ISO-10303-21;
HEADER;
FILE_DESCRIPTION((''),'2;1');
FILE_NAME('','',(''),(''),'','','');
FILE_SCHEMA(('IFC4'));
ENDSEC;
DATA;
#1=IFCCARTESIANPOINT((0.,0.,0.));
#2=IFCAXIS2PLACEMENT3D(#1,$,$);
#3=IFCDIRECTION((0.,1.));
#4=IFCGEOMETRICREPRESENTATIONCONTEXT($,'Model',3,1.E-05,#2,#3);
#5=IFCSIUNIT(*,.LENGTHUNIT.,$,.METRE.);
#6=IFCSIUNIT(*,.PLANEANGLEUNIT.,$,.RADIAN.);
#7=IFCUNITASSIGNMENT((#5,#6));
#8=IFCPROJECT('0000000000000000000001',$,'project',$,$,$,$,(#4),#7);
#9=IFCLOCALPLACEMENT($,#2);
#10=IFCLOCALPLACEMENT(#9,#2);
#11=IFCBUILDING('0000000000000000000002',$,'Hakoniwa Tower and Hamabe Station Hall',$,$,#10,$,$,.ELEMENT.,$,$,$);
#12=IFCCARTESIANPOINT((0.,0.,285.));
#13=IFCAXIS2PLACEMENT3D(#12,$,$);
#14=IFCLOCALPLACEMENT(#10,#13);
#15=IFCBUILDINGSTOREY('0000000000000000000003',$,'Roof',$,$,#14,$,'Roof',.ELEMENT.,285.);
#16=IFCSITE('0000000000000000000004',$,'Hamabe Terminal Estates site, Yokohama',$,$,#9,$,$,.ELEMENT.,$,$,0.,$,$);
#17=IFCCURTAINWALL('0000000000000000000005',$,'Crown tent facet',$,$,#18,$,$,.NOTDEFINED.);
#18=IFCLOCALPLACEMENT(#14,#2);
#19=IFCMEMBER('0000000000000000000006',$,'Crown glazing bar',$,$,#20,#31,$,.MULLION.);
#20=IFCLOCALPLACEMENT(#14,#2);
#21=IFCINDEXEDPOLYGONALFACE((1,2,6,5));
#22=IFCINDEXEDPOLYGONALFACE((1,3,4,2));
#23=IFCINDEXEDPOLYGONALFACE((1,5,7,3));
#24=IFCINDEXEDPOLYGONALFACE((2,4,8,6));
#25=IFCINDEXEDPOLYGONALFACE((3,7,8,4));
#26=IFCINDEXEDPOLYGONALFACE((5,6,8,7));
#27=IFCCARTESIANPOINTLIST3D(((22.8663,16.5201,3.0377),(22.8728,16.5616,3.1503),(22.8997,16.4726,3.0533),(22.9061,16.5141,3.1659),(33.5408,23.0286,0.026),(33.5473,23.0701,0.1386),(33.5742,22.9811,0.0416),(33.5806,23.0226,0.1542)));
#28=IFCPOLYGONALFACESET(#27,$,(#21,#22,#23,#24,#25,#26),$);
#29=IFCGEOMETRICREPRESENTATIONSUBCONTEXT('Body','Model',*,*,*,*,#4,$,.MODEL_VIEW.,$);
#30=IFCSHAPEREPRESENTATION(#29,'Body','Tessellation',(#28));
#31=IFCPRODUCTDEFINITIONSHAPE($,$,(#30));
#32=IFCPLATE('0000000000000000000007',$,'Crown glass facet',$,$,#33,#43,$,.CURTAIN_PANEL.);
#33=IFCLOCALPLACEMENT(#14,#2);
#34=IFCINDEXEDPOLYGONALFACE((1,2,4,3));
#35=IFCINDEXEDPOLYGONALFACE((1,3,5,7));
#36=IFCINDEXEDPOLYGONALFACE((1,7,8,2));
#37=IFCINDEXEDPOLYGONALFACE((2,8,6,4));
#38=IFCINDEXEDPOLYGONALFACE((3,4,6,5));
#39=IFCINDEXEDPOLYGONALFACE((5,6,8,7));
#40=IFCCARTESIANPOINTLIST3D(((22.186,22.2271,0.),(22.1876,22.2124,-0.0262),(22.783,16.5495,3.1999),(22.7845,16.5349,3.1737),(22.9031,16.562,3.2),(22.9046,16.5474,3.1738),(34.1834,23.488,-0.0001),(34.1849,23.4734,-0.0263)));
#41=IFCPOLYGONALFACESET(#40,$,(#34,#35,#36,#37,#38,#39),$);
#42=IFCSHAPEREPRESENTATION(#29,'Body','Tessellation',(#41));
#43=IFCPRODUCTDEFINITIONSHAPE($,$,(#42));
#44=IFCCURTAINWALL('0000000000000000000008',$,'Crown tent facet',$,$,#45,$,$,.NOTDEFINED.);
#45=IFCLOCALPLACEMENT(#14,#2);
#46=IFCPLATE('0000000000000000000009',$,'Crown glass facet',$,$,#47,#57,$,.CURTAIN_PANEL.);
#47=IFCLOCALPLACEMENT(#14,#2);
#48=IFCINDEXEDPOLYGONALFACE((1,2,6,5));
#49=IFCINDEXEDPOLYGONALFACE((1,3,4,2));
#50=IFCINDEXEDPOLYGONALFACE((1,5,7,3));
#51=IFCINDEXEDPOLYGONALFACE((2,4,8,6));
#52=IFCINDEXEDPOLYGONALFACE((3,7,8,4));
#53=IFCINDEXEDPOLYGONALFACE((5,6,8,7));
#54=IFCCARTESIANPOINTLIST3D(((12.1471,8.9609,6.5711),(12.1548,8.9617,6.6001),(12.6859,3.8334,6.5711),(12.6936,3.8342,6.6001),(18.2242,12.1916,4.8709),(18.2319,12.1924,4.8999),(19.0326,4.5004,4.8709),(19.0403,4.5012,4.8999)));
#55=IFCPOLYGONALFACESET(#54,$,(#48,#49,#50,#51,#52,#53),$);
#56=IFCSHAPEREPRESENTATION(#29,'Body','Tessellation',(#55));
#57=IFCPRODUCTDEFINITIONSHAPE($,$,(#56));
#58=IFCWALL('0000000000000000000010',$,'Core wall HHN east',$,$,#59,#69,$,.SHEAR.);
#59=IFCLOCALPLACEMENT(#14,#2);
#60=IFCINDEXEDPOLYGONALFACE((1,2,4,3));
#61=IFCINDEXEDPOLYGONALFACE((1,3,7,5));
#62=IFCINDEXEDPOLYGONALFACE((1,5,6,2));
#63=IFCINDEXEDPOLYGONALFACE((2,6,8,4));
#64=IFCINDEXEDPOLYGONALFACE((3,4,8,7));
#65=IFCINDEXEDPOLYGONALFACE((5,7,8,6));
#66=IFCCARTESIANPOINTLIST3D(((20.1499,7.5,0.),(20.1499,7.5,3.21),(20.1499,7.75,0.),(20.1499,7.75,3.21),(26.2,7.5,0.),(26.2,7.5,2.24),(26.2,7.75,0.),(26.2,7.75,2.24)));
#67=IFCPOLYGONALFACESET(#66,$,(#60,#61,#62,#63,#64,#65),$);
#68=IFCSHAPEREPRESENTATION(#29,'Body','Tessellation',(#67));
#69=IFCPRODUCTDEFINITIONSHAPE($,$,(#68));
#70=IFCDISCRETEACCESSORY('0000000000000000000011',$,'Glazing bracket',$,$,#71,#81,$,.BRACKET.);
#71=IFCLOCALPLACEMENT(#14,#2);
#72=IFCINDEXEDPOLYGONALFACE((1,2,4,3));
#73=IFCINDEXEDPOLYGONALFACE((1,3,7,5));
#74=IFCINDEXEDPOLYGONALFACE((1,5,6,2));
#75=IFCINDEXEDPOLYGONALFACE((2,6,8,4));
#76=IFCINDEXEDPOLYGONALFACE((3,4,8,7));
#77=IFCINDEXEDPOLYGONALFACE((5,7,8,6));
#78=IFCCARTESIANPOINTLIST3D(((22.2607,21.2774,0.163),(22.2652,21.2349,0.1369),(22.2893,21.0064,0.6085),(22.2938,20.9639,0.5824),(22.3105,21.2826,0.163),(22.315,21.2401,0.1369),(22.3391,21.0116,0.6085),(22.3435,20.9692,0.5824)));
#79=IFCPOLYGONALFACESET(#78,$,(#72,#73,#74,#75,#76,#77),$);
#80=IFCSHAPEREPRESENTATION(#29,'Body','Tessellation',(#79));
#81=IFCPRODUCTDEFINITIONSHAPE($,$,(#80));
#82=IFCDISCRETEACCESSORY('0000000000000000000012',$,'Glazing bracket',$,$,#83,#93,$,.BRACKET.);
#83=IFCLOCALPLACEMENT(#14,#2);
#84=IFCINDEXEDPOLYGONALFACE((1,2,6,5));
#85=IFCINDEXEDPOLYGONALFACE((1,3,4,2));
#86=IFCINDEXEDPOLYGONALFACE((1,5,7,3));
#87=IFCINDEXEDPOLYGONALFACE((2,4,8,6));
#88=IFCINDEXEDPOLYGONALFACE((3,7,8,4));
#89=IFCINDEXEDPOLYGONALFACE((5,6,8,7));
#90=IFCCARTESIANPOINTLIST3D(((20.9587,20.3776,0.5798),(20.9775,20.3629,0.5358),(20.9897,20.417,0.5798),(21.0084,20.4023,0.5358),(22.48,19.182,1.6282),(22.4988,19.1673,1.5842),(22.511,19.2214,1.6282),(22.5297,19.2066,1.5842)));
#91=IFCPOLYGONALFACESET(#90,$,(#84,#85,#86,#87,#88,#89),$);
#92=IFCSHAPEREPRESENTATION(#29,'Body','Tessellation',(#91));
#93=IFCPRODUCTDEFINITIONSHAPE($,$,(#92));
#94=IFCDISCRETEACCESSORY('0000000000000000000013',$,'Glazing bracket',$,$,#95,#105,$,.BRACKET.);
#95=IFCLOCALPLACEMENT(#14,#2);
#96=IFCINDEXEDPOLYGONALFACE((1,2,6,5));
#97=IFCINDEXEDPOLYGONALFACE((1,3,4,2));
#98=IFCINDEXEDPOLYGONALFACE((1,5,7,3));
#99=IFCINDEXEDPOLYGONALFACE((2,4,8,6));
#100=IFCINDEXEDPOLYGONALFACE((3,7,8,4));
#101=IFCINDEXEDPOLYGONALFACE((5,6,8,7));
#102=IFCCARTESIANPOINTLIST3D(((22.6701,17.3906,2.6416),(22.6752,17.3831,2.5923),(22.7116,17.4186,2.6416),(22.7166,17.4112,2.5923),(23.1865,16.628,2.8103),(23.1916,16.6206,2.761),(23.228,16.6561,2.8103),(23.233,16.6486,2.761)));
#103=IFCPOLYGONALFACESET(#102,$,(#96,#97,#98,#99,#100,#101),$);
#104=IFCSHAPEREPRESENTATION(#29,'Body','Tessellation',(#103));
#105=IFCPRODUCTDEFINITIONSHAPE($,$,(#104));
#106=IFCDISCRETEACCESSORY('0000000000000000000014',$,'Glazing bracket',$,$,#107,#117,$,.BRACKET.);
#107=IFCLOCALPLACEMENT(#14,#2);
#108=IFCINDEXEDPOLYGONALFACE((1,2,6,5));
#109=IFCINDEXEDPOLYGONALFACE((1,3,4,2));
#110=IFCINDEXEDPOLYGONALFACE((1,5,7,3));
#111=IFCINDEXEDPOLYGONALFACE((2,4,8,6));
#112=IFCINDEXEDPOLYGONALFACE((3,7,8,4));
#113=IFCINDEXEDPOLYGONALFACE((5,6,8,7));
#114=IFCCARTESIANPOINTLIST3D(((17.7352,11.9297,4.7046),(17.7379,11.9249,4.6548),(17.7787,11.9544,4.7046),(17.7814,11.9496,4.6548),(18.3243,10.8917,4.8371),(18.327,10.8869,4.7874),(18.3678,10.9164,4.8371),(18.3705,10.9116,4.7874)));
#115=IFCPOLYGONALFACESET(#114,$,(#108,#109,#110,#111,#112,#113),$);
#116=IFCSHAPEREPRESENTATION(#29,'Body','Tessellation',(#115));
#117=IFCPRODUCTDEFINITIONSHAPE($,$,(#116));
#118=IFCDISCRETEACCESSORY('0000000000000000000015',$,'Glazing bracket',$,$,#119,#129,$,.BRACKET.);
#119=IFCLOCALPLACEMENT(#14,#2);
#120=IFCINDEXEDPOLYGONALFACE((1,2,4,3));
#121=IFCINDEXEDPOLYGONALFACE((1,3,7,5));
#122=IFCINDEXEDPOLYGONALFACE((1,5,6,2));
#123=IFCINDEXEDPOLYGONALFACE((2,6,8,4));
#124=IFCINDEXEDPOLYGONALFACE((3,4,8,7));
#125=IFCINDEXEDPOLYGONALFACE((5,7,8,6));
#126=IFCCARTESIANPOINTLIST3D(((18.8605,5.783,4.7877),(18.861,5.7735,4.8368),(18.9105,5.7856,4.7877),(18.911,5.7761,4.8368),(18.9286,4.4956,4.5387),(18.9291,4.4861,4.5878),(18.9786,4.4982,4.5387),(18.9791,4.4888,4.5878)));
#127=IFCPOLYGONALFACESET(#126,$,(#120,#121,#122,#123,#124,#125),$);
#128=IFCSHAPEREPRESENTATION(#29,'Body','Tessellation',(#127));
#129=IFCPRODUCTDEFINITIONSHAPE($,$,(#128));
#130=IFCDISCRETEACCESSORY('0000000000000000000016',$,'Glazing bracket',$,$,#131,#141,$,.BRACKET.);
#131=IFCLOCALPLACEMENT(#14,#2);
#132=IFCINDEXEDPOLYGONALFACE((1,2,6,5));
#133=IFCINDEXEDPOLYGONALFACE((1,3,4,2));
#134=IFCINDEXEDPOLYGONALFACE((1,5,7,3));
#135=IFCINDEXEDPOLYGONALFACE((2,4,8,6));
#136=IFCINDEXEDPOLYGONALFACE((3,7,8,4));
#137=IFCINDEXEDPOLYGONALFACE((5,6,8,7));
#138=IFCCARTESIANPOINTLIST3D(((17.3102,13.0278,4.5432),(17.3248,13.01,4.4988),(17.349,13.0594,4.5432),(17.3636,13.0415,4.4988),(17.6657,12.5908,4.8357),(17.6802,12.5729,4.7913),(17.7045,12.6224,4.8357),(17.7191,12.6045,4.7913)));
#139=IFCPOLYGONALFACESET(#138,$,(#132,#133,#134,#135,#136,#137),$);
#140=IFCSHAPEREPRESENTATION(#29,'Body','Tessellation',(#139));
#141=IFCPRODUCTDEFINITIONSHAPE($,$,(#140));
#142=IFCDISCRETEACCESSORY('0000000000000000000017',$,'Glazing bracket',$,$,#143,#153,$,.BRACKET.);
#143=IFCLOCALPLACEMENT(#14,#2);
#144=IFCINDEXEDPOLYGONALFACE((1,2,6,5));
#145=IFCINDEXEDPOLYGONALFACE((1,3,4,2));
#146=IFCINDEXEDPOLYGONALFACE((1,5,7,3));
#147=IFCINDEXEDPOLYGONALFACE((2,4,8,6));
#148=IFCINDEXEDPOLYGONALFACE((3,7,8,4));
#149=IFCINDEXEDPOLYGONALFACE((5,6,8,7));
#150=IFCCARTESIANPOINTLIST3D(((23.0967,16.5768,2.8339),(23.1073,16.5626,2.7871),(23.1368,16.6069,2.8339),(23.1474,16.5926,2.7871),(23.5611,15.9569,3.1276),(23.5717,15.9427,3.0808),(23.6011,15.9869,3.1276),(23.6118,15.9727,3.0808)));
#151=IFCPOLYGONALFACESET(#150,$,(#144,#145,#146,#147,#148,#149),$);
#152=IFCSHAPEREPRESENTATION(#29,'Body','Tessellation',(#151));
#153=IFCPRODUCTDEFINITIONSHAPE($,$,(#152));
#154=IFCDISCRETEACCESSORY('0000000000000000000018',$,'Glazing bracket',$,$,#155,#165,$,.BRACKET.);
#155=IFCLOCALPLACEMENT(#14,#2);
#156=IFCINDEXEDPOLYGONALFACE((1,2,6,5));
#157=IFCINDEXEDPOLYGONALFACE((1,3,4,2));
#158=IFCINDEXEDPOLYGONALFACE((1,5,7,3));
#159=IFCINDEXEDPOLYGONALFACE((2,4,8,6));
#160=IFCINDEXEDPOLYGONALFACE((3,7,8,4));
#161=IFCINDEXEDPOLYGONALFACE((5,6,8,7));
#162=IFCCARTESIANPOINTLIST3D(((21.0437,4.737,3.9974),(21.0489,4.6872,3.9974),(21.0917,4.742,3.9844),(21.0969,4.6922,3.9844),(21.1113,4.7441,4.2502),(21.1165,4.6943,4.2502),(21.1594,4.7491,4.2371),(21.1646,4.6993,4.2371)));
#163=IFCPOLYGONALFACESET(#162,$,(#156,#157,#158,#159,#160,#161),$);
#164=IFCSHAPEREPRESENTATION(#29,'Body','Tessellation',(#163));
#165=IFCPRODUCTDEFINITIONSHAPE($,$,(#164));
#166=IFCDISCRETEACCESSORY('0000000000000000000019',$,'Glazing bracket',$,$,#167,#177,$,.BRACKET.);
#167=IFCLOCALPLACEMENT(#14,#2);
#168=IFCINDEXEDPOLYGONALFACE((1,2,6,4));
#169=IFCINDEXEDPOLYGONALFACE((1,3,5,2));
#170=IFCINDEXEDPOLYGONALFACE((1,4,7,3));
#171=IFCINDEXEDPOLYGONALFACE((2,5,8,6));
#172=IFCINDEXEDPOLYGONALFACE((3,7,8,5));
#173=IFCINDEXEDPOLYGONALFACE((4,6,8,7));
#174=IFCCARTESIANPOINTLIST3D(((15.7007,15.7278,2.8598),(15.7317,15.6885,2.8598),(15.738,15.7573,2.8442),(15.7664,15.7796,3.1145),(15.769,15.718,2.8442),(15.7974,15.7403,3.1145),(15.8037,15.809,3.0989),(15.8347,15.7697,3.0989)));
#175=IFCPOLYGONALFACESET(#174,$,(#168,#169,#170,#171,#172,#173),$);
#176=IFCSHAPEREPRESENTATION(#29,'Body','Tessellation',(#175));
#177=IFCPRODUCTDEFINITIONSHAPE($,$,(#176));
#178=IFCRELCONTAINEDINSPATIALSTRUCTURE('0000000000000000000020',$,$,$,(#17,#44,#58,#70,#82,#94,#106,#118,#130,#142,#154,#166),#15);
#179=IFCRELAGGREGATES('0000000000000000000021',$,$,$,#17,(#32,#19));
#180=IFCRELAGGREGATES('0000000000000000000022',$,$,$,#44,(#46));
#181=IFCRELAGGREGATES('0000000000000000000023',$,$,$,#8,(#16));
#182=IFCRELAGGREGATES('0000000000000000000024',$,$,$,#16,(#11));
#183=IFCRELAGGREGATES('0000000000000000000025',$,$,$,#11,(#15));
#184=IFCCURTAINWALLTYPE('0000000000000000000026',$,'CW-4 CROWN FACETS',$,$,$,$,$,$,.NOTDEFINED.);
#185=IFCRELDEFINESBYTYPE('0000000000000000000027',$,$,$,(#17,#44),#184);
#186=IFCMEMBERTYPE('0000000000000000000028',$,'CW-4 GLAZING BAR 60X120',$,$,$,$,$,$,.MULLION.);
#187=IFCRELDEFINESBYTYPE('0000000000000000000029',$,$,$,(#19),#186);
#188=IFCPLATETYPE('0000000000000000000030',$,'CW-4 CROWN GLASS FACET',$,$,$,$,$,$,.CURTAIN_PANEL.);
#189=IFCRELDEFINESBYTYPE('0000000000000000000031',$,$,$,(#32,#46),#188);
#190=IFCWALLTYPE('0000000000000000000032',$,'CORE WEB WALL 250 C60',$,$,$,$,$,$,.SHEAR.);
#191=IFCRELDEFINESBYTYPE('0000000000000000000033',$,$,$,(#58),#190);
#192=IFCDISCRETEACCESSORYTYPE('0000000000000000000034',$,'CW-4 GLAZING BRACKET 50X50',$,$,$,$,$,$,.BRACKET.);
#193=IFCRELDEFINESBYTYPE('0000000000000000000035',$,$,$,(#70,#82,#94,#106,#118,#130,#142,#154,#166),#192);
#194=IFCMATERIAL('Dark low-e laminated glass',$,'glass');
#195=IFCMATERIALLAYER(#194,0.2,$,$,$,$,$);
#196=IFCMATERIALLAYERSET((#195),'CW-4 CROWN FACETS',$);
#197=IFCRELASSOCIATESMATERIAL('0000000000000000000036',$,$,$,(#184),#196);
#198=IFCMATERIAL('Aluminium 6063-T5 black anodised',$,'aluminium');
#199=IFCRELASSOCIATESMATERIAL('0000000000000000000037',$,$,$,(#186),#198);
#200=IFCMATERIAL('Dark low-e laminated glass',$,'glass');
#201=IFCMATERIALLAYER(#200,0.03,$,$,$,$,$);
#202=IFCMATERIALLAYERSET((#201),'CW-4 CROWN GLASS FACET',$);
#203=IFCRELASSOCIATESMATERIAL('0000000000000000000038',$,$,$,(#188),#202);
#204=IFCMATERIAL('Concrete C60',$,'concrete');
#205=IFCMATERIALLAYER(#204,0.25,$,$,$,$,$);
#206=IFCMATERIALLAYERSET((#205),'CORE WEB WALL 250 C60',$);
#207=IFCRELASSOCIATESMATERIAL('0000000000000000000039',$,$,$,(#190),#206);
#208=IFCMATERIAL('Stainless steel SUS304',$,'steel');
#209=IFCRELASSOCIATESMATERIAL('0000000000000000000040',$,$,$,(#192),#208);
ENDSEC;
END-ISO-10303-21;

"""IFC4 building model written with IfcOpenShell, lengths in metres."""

from ifc_helpers import new_model, si_unit, direction, frame, origin, origin_2d, place, context, subcontext, project, spatial, polyline, rectangle, outline, extrude, material, layer, layer_set, material_profile, profile_set, type_object, element, aggregate, save


model = new_model("IFC4")

# Units and contexts
model_context = context("Model", 3, precision=1e-05, world=origin(), true_north=direction((0.0, 1.0)))
body_context = subcontext(model_context, "Body", "Model", "MODEL_VIEW")
ifc_project = project(units=[si_unit("LENGTHUNIT", "METRE"), si_unit("PLANEANGLEUNIT", "RADIAN")], contexts=[model_context])

# Site, building, storey
site_placement = place(None, origin())
site = spatial("IfcSite", under=ifc_project, at=site_placement, Name="Hamabe Terminal Estates site, Yokohama", CompositionType="ELEMENT", RefElevation=0.0)
building_placement = place(site_placement, origin())
building = spatial("IfcBuilding", under=site, at=building_placement, Name="Hakoniwa Tower and Hamabe Station Hall", CompositionType="ELEMENT")
storey_placement = place(building_placement, frame((0.0, 0.0, 285.0)))
storey = spatial("IfcBuildingStorey", under=building, at=storey_placement, Name="Roof", LongName="Roof", CompositionType="ELEMENT", Elevation=285.0)

# Curtain wall
ifc_material_1 = material(Name="Dark low-e laminated glass", Category="glass")
ifc_layer_1 = layer(ifc_material_1, 0.2)
ifc_layer_set_1 = layer_set([ifc_layer_1], Name="CW-4 CROWN FACETS")
curtain_wall_type = type_object("IfcCurtainWallType", Name="CW-4 CROWN FACETS", PredefinedType="NOTDEFINED", material=ifc_layer_set_1)
curtain_wall_1_placement = place(storey_placement, origin())
curtain_wall_1 = element("IfcCurtainWall", 1, at=curtain_wall_1_placement, inside=storey, type_object=curtain_wall_type, Name="Crown tent facet", PredefinedType="NOTDEFINED")
ifc_material_2 = material(Name="Aluminium 6063-T5 black anodised", Category="aluminium")
ifc_material_profile_1 = material_profile(ifc_material_2, rectangle(XDim=0.0601, YDim=0.1201, at=origin_2d()), Name="CW-4 GLAZING BAR 60X120")
ifc_profile_set_1 = profile_set([ifc_material_profile_1], Name="Aluminium 6063-T5 black anodised")
member_type_1 = type_object("IfcMemberType", Name="CW-4 GLAZING BAR 60X120", PredefinedType="MULLION", material=ifc_profile_set_1)

# Member
member_1_placement = place(storey_placement, frame((22.8862, 16.5171, 3.1018), z_axis=(0.830064, 0.50611, -0.234194), x_axis=(-0.555092, 0.790163, -0.259836)))
member_1 = element("IfcMember", 2, at=member_1_placement, type_object=member_type_1, Name="Crown glazing bar", PredefinedType="MULLION", context=body_context, shape_type="SweptSolid", body=[
    extrude(rectangle(XDim=0.0601, YDim=0.1201, at=origin_2d()), origin(), (0.0, 0.0, 1.0), 12.8599),
])

# Plate
ifc_material_3 = material(Name="Dark low-e laminated glass", Category="glass")
ifc_layer_2 = layer(ifc_material_3, 0.03)
ifc_layer_set_2 = layer_set([ifc_layer_2], Name="CW-4 CROWN GLASS FACET")
plate_type = type_object("IfcPlateType", Name="CW-4 CROWN GLASS FACET", PredefinedType="CURTAIN_PANEL", material=ifc_layer_set_2)
plate_1_placement = place(storey_placement, frame((22.9031, 16.562, 3.2), z_axis=(-0.051102, 0.486267, 0.872315), x_axis=(-0.994635, -0.103443, -0.000605)))
plate_1 = element("IfcPlate", 3, at=plate_1_placement, type_object=plate_type, Name="Crown glass facet", PredefinedType="CURTAIN_PANEL", context=body_context, shape_type="SweptSolid", body=[
    extrude(outline(polyline([(0.0, 0.0), (0.1208, 0.0), (0.1291, -6.5445), (-11.9343, -6.5595), (0.0, 0.0)])), origin(), (0.0, 0.0, -1.0), 0.03),
])
aggregate(curtain_wall_1, [plate_1, member_1])

# Curtain wall, plate
curtain_wall_2_placement = place(storey_placement, origin())
curtain_wall_2 = element("IfcCurtainWall", 4, at=curtain_wall_2_placement, inside=storey, type_object=curtain_wall_type, Name="Crown tent facet", PredefinedType="NOTDEFINED")
plate_2_placement = place(storey_placement, frame((18.2319, 12.1924, 4.8999), z_axis=(0.256032, 0.026908, 0.966294), x_axis=(0.104525, -0.994522, -0.000002)))
plate_2 = element("IfcPlate", 5, at=plate_2_placement, type_object=plate_type, Name="Crown glass facet", PredefinedType="CURTAIN_PANEL", context=body_context, shape_type="SweptSolid", body=[
    extrude(outline(polyline([(0.0, 0.0), (7.7335, 0.0), (7.7335, -6.6042), (2.5778, -6.6042), (0.0, 0.0)])), origin(), (0.0, 0.0, -1.0), 0.03),
])
aggregate(curtain_wall_2, [plate_2])

# Wall
ifc_material_4 = material(Name="Concrete C60", Category="concrete")
ifc_layer_3 = layer(ifc_material_4, 0.25)
ifc_layer_set_3 = layer_set([ifc_layer_3], Name="CORE WEB WALL 250 C60")
wall_type = type_object("IfcWallType", Name="CORE WEB WALL 250 C60", PredefinedType="SHEAR", material=ifc_layer_set_3)
wall_placement = place(storey_placement, frame((20.1499, 7.625, 0.0), z_axis=(0.0, 0.0, 1.0), x_axis=(1.0, 0.0, 0.0)))
element("IfcWall", 6, at=wall_placement, inside=storey, type_object=wall_type, Name="Core wall HHN east", PredefinedType="SHEAR", context=body_context, shape_type="SweptSolid", body=[
    extrude(outline(polyline([(0.0, 0.0), (6.05, 0.0), (6.05, 2.24), (0.0, 3.21), (0.0, 0.0)])), frame((0.0, 0.125, 0.0), z_axis=(0.0, -1.0, 0.0), x_axis=(1.0, 0.0, 0.0)), (0.0, 0.0, 1.0), 0.25),
])

# Discrete accessories
ifc_material_5 = material(Name="Stainless steel SUS304", Category="steel")
ifc_material_profile_2 = material_profile(ifc_material_5, rectangle(XDim=0.05, YDim=0.05, at=origin_2d()), Name="CW-4 GLAZING BRACKET 50X50")
ifc_profile_set_2 = profile_set([ifc_material_profile_2], Name="Stainless steel SUS304")
discrete_accessory_type = type_object("IfcDiscreteAccessoryType", Name="CW-4 GLAZING BRACKET 50X50", PredefinedType="BRACKET", material=ifc_profile_set_2)
discrete_accessory_1_placement = place(storey_placement, frame((22.3164, 20.9878, 0.5955), z_axis=(-0.054692, 0.518872, -0.853101), x_axis=(-0.994491, -0.104825, 0.0)))
element("IfcDiscreteAccessory", 7, at=discrete_accessory_1_placement, inside=storey, type_object=discrete_accessory_type, Name="Glazing bracket", PredefinedType="BRACKET", context=body_context, shape_type="SweptSolid", body=[
    extrude(rectangle(XDim=0.05, YDim=0.05, at=origin_2d()), origin(), (0.0, 0.0, 1.0), 0.5222),
])
discrete_accessory_2_placement = place(storey_placement, frame((22.5049, 19.1943, 1.6062), z_axis=(-0.691291, 0.543292, -0.476393), x_axis=(-0.617916, -0.786244, 0.0)))
element("IfcDiscreteAccessory", 8, at=discrete_accessory_2_placement, inside=storey, type_object=discrete_accessory_type, Name="Glazing bracket", PredefinedType="BRACKET", context=body_context, shape_type="SweptSolid", body=[
    extrude(rectangle(XDim=0.05, YDim=0.05, at=origin_2d()), origin(), (0.0, 0.0, 1.0), 2.2007),
])
discrete_accessory_3_placement = place(storey_placement, frame((22.6934, 17.4009, 2.6169), z_axis=(0.551563, -0.814435, 0.180203), x_axis=(0.82799, 0.560743, 0.0)))
element("IfcDiscreteAccessory", 9, at=discrete_accessory_3_placement, inside=storey, type_object=discrete_accessory_type, Name="Glazing bracket", PredefinedType="BRACKET", context=body_context, shape_type="SweptSolid", body=[
    extrude(rectangle(XDim=0.05, YDim=0.05, at=origin_2d()), origin(), (0.0, 0.0, 1.0), 0.9363),
])
discrete_accessory_4_placement = place(storey_placement, frame((18.3474, 10.9016, 4.8123), z_axis=(-0.490543, 0.864397, -0.110387), x_axis=(-0.869712, -0.49356, 0.0)))
element("IfcDiscreteAccessory", 10, at=discrete_accessory_4_placement, inside=storey, type_object=discrete_accessory_type, Name="Glazing bracket", PredefinedType="BRACKET", context=body_context, shape_type="SweptSolid", body=[
    extrude(rectangle(XDim=0.05, YDim=0.05, at=origin_2d()), origin(), (0.0, 0.0, 1.0), 1.2009),
])
discrete_accessory_5_placement = place(storey_placement, frame((18.8857, 5.7795, 4.8123), z_axis=(0.051878, -0.980478, -0.189662), x_axis=(0.998603, 0.052837, 0.0)))
element("IfcDiscreteAccessory", 11, at=discrete_accessory_5_placement, inside=storey, type_object=discrete_accessory_type, Name="Glazing bracket", PredefinedType="BRACKET", context=body_context, shape_type="SweptSolid", body=[
    extrude(rectangle(XDim=0.05, YDim=0.05, at=origin_2d()), origin(), (0.0, 0.0, 1.0), 1.313),
])
discrete_accessory_6_placement = place(storey_placement, frame((17.6924, 12.5977, 4.8135), z_axis=(-0.560031, 0.6885, -0.460795), x_axis=(-0.775769, -0.631017, 0.0)))
element("IfcDiscreteAccessory", 12, at=discrete_accessory_6_placement, inside=storey, type_object=discrete_accessory_type, Name="Glazing bracket", PredefinedType="BRACKET", context=body_context, shape_type="SweptSolid", body=[
    extrude(rectangle(XDim=0.05, YDim=0.05, at=origin_2d()), origin(), (0.0, 0.0, 1.0), 0.6348),
])
discrete_accessory_7_placement = place(storey_placement, frame((23.5864, 15.9648, 3.1042), z_axis=(-0.560593, 0.748342, -0.354571), x_axis=(-0.80034, -0.599546, 0.0)))
element("IfcDiscreteAccessory", 13, at=discrete_accessory_7_placement, inside=storey, type_object=discrete_accessory_type, Name="Glazing bracket", PredefinedType="BRACKET", context=body_context, shape_type="SweptSolid", body=[
    extrude(rectangle(XDim=0.05, YDim=0.05, at=origin_2d()), origin(), (0.0, 0.0, 1.0), 0.8284),
])
discrete_accessory_8_placement = place(storey_placement, frame((21.1379, 4.7217, 4.2437), z_axis=(-0.258439, -0.027057, -0.965649), x_axis=(0.104124, -0.994564, 0.0)))
element("IfcDiscreteAccessory", 14, at=discrete_accessory_8_placement, inside=storey, type_object=discrete_accessory_type, Name="Glazing bracket", PredefinedType="BRACKET", context=body_context, shape_type="SweptSolid", body=[
    extrude(rectangle(XDim=0.05, YDim=0.05, at=origin_2d()), origin(), (0.0, 0.0, 1.0), 0.2617),
])
discrete_accessory_9_placement = place(storey_placement, frame((15.8005, 15.7747, 3.1067), z_axis=(-0.245037, -0.193114, -0.950086), x_axis=(0.618981, -0.785406, 0.0)))
element("IfcDiscreteAccessory", 15, at=discrete_accessory_9_placement, inside=storey, type_object=discrete_accessory_type, Name="Glazing bracket", PredefinedType="BRACKET", context=body_context, shape_type="SweptSolid", body=[
    extrude(rectangle(XDim=0.05, YDim=0.05, at=origin_2d()), origin(), (0.0, 0.0, 1.0), 0.2681),
])

save(model, "model.ifc")
